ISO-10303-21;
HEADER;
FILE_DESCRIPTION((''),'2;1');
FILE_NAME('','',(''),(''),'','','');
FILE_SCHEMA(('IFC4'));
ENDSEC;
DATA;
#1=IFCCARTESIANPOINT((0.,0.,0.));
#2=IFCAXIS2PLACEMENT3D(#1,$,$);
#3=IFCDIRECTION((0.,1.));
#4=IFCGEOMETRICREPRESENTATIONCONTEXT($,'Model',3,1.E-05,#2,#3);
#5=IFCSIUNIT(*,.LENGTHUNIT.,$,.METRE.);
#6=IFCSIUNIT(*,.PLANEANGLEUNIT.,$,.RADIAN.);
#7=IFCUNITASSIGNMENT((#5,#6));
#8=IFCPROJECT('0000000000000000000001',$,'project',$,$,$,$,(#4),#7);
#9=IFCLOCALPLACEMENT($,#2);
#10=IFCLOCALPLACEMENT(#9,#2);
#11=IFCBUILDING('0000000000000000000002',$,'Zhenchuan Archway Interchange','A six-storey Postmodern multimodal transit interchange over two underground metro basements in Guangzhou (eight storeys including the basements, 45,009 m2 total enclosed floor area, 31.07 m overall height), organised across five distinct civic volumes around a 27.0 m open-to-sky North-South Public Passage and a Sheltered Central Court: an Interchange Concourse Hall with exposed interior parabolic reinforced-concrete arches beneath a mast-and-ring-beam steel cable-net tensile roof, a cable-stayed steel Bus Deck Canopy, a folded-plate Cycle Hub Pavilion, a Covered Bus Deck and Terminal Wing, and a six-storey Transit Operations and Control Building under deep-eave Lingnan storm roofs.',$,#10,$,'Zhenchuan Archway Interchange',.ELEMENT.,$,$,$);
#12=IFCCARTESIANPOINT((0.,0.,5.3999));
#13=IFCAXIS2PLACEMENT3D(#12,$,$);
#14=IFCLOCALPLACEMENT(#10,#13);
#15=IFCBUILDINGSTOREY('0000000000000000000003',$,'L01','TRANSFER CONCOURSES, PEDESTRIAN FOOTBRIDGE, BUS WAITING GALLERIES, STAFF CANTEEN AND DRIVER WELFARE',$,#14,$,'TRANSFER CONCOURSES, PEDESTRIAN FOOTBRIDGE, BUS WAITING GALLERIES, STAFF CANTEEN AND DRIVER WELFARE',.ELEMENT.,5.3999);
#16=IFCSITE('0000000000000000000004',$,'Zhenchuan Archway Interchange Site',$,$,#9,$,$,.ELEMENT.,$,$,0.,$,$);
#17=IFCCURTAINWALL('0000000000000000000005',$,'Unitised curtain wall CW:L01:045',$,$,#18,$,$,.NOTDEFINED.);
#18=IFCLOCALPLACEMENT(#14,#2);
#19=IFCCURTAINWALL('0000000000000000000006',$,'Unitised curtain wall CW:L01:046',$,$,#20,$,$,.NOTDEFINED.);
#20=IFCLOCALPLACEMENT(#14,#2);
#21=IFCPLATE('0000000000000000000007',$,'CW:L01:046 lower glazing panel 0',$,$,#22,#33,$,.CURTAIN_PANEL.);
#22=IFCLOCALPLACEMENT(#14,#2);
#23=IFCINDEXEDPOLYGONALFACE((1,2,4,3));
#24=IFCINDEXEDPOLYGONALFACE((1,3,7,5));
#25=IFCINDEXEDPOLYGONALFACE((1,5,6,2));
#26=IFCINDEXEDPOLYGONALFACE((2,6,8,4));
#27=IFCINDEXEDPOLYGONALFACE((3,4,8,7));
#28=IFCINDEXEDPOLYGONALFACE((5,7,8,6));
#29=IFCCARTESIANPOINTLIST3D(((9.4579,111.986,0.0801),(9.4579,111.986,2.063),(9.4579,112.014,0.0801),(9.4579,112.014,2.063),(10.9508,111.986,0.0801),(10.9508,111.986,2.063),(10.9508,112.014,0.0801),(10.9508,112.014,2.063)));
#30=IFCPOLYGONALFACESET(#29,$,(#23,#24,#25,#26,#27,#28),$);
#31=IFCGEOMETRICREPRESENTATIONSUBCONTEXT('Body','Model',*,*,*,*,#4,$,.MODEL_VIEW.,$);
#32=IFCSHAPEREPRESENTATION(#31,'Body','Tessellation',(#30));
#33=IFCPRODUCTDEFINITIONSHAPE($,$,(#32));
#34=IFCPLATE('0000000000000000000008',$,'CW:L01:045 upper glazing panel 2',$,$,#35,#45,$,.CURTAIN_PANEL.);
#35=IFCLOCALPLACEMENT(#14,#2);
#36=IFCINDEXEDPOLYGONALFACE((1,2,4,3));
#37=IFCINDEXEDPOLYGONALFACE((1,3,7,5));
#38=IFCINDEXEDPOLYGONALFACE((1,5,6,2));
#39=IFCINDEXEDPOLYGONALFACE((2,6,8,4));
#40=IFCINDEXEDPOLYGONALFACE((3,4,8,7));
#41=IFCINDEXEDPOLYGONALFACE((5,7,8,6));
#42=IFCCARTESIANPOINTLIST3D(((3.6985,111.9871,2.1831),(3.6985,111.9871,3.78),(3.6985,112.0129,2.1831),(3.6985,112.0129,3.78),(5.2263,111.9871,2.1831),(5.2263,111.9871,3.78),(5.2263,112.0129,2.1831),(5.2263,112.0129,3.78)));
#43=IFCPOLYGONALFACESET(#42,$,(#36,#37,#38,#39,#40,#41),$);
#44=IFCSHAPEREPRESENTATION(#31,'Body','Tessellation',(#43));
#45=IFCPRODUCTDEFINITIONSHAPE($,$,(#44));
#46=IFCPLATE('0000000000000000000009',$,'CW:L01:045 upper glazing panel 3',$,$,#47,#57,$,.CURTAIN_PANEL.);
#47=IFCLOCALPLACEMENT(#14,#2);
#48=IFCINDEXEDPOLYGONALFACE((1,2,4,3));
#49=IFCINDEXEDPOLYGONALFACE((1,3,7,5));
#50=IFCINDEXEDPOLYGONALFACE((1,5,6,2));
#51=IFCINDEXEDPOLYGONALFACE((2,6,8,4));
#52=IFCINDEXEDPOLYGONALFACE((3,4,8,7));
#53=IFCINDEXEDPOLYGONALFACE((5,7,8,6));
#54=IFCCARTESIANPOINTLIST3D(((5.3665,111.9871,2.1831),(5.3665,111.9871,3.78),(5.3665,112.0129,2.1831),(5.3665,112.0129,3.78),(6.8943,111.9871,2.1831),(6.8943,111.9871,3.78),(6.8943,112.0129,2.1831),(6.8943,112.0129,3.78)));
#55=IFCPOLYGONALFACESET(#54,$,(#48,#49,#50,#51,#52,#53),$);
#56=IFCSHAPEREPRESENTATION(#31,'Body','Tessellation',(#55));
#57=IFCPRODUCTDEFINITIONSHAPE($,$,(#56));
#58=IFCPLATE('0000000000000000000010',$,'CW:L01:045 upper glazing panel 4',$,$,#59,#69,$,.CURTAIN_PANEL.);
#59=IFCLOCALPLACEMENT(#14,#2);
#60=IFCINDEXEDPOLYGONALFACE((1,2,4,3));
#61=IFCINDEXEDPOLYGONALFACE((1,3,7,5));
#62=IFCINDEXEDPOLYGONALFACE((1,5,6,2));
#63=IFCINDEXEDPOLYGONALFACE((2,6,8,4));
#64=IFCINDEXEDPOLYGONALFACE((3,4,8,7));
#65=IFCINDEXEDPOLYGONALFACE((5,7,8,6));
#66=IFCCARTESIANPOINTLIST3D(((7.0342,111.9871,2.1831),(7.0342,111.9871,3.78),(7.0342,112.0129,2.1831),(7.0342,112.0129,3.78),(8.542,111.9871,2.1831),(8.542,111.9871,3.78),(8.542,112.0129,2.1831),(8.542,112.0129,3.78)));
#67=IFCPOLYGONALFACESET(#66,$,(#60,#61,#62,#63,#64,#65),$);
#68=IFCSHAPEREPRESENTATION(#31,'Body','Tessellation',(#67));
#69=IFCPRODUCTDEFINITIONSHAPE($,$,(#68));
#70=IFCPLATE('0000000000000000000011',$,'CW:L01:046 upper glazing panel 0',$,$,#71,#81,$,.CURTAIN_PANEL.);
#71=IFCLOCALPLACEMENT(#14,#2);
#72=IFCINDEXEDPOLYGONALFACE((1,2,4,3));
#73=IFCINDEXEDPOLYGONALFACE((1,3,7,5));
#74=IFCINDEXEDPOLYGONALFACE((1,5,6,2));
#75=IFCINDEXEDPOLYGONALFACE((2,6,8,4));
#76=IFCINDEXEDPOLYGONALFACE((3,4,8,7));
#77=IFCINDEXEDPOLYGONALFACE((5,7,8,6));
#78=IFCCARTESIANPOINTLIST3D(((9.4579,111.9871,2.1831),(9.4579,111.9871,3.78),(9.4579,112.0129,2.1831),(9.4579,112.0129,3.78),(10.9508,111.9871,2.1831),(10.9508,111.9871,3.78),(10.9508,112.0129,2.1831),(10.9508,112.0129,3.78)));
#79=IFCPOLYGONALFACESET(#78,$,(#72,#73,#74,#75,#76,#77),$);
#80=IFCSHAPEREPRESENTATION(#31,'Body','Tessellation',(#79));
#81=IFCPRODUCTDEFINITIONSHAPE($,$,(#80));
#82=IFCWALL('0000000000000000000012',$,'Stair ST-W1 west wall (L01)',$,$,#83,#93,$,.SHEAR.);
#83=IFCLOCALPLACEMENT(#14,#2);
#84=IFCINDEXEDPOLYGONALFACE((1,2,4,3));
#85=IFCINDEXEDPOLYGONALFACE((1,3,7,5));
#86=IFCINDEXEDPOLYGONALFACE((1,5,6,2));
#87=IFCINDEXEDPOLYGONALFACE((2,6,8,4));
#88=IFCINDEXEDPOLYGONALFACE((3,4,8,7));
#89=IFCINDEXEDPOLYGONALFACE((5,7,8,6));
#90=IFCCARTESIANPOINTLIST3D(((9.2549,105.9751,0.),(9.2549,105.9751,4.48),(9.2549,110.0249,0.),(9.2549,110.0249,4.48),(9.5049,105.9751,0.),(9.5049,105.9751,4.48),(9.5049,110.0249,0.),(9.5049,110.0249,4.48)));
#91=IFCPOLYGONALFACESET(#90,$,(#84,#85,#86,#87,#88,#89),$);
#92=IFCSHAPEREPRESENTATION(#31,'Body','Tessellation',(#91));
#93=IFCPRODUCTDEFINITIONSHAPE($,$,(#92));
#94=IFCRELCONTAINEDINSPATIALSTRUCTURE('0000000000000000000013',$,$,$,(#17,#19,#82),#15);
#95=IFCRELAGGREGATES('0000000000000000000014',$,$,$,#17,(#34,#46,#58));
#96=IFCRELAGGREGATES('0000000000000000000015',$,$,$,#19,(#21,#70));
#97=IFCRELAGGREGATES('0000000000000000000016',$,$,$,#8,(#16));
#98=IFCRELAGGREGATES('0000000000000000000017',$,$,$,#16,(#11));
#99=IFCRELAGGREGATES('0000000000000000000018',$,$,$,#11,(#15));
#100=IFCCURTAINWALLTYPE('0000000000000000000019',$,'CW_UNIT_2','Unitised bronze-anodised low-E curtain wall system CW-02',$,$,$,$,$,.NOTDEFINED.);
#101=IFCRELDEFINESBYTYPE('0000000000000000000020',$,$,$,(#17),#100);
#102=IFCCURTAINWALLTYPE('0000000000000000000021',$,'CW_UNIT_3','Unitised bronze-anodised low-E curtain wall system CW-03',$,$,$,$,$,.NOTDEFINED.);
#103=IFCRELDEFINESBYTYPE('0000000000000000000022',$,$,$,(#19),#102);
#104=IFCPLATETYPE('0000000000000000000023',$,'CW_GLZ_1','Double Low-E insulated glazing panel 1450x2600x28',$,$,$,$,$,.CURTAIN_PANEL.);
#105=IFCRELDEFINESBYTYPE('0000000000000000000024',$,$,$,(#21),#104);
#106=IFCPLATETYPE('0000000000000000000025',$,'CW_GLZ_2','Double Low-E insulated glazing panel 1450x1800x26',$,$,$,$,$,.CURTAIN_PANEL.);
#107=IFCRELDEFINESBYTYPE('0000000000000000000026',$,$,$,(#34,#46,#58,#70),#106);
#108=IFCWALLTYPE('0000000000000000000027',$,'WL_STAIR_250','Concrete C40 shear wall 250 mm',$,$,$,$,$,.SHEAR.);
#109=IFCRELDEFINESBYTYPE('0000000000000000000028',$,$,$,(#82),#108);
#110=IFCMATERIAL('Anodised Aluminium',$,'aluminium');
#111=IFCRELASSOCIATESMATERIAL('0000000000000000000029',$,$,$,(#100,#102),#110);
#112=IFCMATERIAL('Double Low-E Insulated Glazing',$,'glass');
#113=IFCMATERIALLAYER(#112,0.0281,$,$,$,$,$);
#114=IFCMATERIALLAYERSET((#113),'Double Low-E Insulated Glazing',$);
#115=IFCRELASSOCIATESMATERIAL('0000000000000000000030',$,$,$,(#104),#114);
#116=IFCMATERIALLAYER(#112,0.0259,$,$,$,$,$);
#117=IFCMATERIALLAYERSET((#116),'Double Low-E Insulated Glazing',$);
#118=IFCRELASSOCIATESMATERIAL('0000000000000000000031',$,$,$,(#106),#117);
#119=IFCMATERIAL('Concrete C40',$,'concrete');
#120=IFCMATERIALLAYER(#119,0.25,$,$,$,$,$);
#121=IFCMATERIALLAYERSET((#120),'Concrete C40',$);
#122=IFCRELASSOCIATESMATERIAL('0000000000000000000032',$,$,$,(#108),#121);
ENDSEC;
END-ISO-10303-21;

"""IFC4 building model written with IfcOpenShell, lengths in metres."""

from ifc_helpers import new_model, si_unit, direction, frame, frame_2d, origin, origin_2d, place, context, subcontext, project, spatial, rectangle, extrude, material, layer, layer_set, type_object, element, aggregate, save


model = new_model("IFC4")

# Units and contexts
model_context = context("Model", 3, precision=1e-05, world=origin(), true_north=direction((0.0, 1.0)))
body_context = subcontext(model_context, "Body", "Model", "MODEL_VIEW")
ifc_project = project(units=[si_unit("LENGTHUNIT", "METRE"), si_unit("PLANEANGLEUNIT", "RADIAN")], contexts=[model_context])

# Site, building, storey
site_placement = place(None, origin())
site = spatial("IfcSite", under=ifc_project, at=site_placement, Name="Zhenchuan Archway Interchange Site", CompositionType="ELEMENT", RefElevation=0.0)
building_placement = place(site_placement, origin())
building = spatial("IfcBuilding", under=site, at=building_placement, Name="Zhenchuan Archway Interchange", Description="A six-storey Postmodern multimodal transit interchange over two underground metro basements in Guangzhou (eight storeys including the basements, 45,009 m2 total enclosed floor area, 31.07 m overall height), organised across five distinct civic volumes around a 27.0 m open-to-sky North-South Public Passage and a Sheltered Central Court: an Interchange Concourse Hall with exposed interior parabolic reinforced-concrete arches beneath a mast-and-ring-beam steel cable-net tensile roof, a cable-stayed steel Bus Deck Canopy, a folded-plate Cycle Hub Pavilion, a Covered Bus Deck and Terminal Wing, and a six-storey Transit Operations and Control Building under deep-eave Lingnan storm roofs.", LongName="Zhenchuan Archway Interchange", CompositionType="ELEMENT")
storey_placement = place(building_placement, frame((0.0, 0.0, 5.3999)))
storey = spatial("IfcBuildingStorey", under=building, at=storey_placement, Name="L01", Description="TRANSFER CONCOURSES, PEDESTRIAN FOOTBRIDGE, BUS WAITING GALLERIES, STAFF CANTEEN AND DRIVER WELFARE", LongName="TRANSFER CONCOURSES, PEDESTRIAN FOOTBRIDGE, BUS WAITING GALLERIES, STAFF CANTEEN AND DRIVER WELFARE", CompositionType="ELEMENT", Elevation=5.3999)

# Shared definitions
ifc_material_1 = material(Name="Concrete C40", Category="concrete")

# Curtain wall
ifc_material_2 = material(Name="Anodised Aluminium", Category="aluminium")
curtain_wall_type_1 = type_object("IfcCurtainWallType", Name="CW_UNIT_2", Description="Unitised bronze-anodised low-E curtain wall system CW-02", PredefinedType="NOTDEFINED", material=ifc_material_2)
curtain_wall_1_placement = place(storey_placement, origin())
curtain_wall_1 = element("IfcCurtainWall", 1, at=curtain_wall_1_placement, inside=storey, type_object=curtain_wall_type_1, Name="Unitised curtain wall CW:L01:045", PredefinedType="NOTDEFINED")

# Curtain wall
curtain_wall_type_2 = type_object("IfcCurtainWallType", Name="CW_UNIT_3", Description="Unitised bronze-anodised low-E curtain wall system CW-03", PredefinedType="NOTDEFINED", material=ifc_material_2)
curtain_wall_2_placement = place(storey_placement, origin())
curtain_wall_2 = element("IfcCurtainWall", 2, at=curtain_wall_2_placement, inside=storey, type_object=curtain_wall_type_2, Name="Unitised curtain wall CW:L01:046", PredefinedType="NOTDEFINED")

# Plates
ifc_material_3 = material(Name="Double Low-E Insulated Glazing", Category="glass")
ifc_layer_1 = layer(ifc_material_3, 0.0281)
ifc_layer_set_1 = layer_set([ifc_layer_1], Name="Double Low-E Insulated Glazing")
plate_type_1 = type_object("IfcPlateType", Name="CW_GLZ_1", Description="Double Low-E insulated glazing panel 1450x2600x28", PredefinedType="CURTAIN_PANEL", material=ifc_layer_set_1)
plate_1_placement = place(storey_placement, frame((10.2043, 112.0, 0.0801), z_axis=(0.0, 0.0, 1.0), x_axis=(1.0, 0.0, 0.0)))
plate_1 = element("IfcPlate", 3, at=plate_1_placement, type_object=plate_type_1, Name="CW:L01:046 lower glazing panel 0", PredefinedType="CURTAIN_PANEL", context=body_context, shape_type="SweptSolid", body=[
    extrude(rectangle(XDim=1.4929, YDim=0.0281, at=origin_2d()), origin(), (0.0, 0.0, 1.0), 1.9829),
])
ifc_layer_2 = layer(ifc_material_3, 0.0259)
ifc_layer_set_2 = layer_set([ifc_layer_2], Name="Double Low-E Insulated Glazing")
plate_type_2 = type_object("IfcPlateType", Name="CW_GLZ_2", Description="Double Low-E insulated glazing panel 1450x1800x26", PredefinedType="CURTAIN_PANEL", material=ifc_layer_set_2)
plate_2_placement = place(storey_placement, frame((4.4624, 112.0, 2.1831), z_axis=(0.0, 0.0, 1.0), x_axis=(1.0, 0.0, 0.0)))
plate_2 = element("IfcPlate", 4, at=plate_2_placement, type_object=plate_type_2, Name="CW:L01:045 upper glazing panel 2", PredefinedType="CURTAIN_PANEL", context=body_context, shape_type="SweptSolid", body=[
    extrude(rectangle(XDim=1.5278, YDim=0.0259, at=origin_2d()), origin(), (0.0, 0.0, 1.0), 1.5969),
])
plate_3_placement = place(storey_placement, frame((6.1304, 112.0, 2.1831), z_axis=(0.0, 0.0, 1.0), x_axis=(1.0, 0.0, 0.0)))
plate_3 = element("IfcPlate", 5, at=plate_3_placement, type_object=plate_type_2, Name="CW:L01:045 upper glazing panel 3", PredefinedType="CURTAIN_PANEL", context=body_context, shape_type="SweptSolid", body=[
    extrude(rectangle(XDim=1.5278, YDim=0.0259, at=origin_2d()), origin(), (0.0, 0.0, 1.0), 1.5969),
])
plate_4_placement = place(storey_placement, frame((7.7881, 112.0, 2.1831), z_axis=(0.0, 0.0, 1.0), x_axis=(1.0, 0.0, 0.0)))
plate_4 = element("IfcPlate", 6, at=plate_4_placement, type_object=plate_type_2, Name="CW:L01:045 upper glazing panel 4", PredefinedType="CURTAIN_PANEL", context=body_context, shape_type="SweptSolid", body=[
    extrude(rectangle(XDim=1.5078, YDim=0.0259, at=origin_2d()), origin(), (0.0, 0.0, 1.0), 1.5969),
])
aggregate(curtain_wall_1, [plate_2, plate_3, plate_4])
plate_5_placement = place(storey_placement, frame((10.2043, 112.0, 2.1831), z_axis=(0.0, 0.0, 1.0), x_axis=(1.0, 0.0, 0.0)))
plate_5 = element("IfcPlate", 7, at=plate_5_placement, type_object=plate_type_2, Name="CW:L01:046 upper glazing panel 0", PredefinedType="CURTAIN_PANEL", context=body_context, shape_type="SweptSolid", body=[
    extrude(rectangle(XDim=1.4929, YDim=0.0259, at=origin_2d()), origin(), (0.0, 0.0, 1.0), 1.5969),
])
aggregate(curtain_wall_2, [plate_1, plate_5])

# Wall
ifc_layer_3 = layer(ifc_material_1, 0.25)
ifc_layer_set_3 = layer_set([ifc_layer_3], Name="Concrete C40")
wall_type = type_object("IfcWallType", Name="WL_STAIR_250", Description="Concrete C40 shear wall 250 mm", PredefinedType="SHEAR", material=ifc_layer_set_3)
wall_placement = place(storey_placement, frame((9.3799, 110.0249, 0.0), z_axis=(0.0, 0.0, 1.0), x_axis=(0.0, -1.0, 0.0)))
element("IfcWall", 8, at=wall_placement, inside=storey, type_object=wall_type, Name="Stair ST-W1 west wall (L01)", PredefinedType="SHEAR", context=body_context, shape_type="SweptSolid", body=[
    extrude(rectangle(XDim=4.0498, YDim=0.25, at=frame_2d((2.0249, 0.0))), origin(), (0.0, 0.0, 1.0), 4.48),
])

save(model, "model.ifc")
